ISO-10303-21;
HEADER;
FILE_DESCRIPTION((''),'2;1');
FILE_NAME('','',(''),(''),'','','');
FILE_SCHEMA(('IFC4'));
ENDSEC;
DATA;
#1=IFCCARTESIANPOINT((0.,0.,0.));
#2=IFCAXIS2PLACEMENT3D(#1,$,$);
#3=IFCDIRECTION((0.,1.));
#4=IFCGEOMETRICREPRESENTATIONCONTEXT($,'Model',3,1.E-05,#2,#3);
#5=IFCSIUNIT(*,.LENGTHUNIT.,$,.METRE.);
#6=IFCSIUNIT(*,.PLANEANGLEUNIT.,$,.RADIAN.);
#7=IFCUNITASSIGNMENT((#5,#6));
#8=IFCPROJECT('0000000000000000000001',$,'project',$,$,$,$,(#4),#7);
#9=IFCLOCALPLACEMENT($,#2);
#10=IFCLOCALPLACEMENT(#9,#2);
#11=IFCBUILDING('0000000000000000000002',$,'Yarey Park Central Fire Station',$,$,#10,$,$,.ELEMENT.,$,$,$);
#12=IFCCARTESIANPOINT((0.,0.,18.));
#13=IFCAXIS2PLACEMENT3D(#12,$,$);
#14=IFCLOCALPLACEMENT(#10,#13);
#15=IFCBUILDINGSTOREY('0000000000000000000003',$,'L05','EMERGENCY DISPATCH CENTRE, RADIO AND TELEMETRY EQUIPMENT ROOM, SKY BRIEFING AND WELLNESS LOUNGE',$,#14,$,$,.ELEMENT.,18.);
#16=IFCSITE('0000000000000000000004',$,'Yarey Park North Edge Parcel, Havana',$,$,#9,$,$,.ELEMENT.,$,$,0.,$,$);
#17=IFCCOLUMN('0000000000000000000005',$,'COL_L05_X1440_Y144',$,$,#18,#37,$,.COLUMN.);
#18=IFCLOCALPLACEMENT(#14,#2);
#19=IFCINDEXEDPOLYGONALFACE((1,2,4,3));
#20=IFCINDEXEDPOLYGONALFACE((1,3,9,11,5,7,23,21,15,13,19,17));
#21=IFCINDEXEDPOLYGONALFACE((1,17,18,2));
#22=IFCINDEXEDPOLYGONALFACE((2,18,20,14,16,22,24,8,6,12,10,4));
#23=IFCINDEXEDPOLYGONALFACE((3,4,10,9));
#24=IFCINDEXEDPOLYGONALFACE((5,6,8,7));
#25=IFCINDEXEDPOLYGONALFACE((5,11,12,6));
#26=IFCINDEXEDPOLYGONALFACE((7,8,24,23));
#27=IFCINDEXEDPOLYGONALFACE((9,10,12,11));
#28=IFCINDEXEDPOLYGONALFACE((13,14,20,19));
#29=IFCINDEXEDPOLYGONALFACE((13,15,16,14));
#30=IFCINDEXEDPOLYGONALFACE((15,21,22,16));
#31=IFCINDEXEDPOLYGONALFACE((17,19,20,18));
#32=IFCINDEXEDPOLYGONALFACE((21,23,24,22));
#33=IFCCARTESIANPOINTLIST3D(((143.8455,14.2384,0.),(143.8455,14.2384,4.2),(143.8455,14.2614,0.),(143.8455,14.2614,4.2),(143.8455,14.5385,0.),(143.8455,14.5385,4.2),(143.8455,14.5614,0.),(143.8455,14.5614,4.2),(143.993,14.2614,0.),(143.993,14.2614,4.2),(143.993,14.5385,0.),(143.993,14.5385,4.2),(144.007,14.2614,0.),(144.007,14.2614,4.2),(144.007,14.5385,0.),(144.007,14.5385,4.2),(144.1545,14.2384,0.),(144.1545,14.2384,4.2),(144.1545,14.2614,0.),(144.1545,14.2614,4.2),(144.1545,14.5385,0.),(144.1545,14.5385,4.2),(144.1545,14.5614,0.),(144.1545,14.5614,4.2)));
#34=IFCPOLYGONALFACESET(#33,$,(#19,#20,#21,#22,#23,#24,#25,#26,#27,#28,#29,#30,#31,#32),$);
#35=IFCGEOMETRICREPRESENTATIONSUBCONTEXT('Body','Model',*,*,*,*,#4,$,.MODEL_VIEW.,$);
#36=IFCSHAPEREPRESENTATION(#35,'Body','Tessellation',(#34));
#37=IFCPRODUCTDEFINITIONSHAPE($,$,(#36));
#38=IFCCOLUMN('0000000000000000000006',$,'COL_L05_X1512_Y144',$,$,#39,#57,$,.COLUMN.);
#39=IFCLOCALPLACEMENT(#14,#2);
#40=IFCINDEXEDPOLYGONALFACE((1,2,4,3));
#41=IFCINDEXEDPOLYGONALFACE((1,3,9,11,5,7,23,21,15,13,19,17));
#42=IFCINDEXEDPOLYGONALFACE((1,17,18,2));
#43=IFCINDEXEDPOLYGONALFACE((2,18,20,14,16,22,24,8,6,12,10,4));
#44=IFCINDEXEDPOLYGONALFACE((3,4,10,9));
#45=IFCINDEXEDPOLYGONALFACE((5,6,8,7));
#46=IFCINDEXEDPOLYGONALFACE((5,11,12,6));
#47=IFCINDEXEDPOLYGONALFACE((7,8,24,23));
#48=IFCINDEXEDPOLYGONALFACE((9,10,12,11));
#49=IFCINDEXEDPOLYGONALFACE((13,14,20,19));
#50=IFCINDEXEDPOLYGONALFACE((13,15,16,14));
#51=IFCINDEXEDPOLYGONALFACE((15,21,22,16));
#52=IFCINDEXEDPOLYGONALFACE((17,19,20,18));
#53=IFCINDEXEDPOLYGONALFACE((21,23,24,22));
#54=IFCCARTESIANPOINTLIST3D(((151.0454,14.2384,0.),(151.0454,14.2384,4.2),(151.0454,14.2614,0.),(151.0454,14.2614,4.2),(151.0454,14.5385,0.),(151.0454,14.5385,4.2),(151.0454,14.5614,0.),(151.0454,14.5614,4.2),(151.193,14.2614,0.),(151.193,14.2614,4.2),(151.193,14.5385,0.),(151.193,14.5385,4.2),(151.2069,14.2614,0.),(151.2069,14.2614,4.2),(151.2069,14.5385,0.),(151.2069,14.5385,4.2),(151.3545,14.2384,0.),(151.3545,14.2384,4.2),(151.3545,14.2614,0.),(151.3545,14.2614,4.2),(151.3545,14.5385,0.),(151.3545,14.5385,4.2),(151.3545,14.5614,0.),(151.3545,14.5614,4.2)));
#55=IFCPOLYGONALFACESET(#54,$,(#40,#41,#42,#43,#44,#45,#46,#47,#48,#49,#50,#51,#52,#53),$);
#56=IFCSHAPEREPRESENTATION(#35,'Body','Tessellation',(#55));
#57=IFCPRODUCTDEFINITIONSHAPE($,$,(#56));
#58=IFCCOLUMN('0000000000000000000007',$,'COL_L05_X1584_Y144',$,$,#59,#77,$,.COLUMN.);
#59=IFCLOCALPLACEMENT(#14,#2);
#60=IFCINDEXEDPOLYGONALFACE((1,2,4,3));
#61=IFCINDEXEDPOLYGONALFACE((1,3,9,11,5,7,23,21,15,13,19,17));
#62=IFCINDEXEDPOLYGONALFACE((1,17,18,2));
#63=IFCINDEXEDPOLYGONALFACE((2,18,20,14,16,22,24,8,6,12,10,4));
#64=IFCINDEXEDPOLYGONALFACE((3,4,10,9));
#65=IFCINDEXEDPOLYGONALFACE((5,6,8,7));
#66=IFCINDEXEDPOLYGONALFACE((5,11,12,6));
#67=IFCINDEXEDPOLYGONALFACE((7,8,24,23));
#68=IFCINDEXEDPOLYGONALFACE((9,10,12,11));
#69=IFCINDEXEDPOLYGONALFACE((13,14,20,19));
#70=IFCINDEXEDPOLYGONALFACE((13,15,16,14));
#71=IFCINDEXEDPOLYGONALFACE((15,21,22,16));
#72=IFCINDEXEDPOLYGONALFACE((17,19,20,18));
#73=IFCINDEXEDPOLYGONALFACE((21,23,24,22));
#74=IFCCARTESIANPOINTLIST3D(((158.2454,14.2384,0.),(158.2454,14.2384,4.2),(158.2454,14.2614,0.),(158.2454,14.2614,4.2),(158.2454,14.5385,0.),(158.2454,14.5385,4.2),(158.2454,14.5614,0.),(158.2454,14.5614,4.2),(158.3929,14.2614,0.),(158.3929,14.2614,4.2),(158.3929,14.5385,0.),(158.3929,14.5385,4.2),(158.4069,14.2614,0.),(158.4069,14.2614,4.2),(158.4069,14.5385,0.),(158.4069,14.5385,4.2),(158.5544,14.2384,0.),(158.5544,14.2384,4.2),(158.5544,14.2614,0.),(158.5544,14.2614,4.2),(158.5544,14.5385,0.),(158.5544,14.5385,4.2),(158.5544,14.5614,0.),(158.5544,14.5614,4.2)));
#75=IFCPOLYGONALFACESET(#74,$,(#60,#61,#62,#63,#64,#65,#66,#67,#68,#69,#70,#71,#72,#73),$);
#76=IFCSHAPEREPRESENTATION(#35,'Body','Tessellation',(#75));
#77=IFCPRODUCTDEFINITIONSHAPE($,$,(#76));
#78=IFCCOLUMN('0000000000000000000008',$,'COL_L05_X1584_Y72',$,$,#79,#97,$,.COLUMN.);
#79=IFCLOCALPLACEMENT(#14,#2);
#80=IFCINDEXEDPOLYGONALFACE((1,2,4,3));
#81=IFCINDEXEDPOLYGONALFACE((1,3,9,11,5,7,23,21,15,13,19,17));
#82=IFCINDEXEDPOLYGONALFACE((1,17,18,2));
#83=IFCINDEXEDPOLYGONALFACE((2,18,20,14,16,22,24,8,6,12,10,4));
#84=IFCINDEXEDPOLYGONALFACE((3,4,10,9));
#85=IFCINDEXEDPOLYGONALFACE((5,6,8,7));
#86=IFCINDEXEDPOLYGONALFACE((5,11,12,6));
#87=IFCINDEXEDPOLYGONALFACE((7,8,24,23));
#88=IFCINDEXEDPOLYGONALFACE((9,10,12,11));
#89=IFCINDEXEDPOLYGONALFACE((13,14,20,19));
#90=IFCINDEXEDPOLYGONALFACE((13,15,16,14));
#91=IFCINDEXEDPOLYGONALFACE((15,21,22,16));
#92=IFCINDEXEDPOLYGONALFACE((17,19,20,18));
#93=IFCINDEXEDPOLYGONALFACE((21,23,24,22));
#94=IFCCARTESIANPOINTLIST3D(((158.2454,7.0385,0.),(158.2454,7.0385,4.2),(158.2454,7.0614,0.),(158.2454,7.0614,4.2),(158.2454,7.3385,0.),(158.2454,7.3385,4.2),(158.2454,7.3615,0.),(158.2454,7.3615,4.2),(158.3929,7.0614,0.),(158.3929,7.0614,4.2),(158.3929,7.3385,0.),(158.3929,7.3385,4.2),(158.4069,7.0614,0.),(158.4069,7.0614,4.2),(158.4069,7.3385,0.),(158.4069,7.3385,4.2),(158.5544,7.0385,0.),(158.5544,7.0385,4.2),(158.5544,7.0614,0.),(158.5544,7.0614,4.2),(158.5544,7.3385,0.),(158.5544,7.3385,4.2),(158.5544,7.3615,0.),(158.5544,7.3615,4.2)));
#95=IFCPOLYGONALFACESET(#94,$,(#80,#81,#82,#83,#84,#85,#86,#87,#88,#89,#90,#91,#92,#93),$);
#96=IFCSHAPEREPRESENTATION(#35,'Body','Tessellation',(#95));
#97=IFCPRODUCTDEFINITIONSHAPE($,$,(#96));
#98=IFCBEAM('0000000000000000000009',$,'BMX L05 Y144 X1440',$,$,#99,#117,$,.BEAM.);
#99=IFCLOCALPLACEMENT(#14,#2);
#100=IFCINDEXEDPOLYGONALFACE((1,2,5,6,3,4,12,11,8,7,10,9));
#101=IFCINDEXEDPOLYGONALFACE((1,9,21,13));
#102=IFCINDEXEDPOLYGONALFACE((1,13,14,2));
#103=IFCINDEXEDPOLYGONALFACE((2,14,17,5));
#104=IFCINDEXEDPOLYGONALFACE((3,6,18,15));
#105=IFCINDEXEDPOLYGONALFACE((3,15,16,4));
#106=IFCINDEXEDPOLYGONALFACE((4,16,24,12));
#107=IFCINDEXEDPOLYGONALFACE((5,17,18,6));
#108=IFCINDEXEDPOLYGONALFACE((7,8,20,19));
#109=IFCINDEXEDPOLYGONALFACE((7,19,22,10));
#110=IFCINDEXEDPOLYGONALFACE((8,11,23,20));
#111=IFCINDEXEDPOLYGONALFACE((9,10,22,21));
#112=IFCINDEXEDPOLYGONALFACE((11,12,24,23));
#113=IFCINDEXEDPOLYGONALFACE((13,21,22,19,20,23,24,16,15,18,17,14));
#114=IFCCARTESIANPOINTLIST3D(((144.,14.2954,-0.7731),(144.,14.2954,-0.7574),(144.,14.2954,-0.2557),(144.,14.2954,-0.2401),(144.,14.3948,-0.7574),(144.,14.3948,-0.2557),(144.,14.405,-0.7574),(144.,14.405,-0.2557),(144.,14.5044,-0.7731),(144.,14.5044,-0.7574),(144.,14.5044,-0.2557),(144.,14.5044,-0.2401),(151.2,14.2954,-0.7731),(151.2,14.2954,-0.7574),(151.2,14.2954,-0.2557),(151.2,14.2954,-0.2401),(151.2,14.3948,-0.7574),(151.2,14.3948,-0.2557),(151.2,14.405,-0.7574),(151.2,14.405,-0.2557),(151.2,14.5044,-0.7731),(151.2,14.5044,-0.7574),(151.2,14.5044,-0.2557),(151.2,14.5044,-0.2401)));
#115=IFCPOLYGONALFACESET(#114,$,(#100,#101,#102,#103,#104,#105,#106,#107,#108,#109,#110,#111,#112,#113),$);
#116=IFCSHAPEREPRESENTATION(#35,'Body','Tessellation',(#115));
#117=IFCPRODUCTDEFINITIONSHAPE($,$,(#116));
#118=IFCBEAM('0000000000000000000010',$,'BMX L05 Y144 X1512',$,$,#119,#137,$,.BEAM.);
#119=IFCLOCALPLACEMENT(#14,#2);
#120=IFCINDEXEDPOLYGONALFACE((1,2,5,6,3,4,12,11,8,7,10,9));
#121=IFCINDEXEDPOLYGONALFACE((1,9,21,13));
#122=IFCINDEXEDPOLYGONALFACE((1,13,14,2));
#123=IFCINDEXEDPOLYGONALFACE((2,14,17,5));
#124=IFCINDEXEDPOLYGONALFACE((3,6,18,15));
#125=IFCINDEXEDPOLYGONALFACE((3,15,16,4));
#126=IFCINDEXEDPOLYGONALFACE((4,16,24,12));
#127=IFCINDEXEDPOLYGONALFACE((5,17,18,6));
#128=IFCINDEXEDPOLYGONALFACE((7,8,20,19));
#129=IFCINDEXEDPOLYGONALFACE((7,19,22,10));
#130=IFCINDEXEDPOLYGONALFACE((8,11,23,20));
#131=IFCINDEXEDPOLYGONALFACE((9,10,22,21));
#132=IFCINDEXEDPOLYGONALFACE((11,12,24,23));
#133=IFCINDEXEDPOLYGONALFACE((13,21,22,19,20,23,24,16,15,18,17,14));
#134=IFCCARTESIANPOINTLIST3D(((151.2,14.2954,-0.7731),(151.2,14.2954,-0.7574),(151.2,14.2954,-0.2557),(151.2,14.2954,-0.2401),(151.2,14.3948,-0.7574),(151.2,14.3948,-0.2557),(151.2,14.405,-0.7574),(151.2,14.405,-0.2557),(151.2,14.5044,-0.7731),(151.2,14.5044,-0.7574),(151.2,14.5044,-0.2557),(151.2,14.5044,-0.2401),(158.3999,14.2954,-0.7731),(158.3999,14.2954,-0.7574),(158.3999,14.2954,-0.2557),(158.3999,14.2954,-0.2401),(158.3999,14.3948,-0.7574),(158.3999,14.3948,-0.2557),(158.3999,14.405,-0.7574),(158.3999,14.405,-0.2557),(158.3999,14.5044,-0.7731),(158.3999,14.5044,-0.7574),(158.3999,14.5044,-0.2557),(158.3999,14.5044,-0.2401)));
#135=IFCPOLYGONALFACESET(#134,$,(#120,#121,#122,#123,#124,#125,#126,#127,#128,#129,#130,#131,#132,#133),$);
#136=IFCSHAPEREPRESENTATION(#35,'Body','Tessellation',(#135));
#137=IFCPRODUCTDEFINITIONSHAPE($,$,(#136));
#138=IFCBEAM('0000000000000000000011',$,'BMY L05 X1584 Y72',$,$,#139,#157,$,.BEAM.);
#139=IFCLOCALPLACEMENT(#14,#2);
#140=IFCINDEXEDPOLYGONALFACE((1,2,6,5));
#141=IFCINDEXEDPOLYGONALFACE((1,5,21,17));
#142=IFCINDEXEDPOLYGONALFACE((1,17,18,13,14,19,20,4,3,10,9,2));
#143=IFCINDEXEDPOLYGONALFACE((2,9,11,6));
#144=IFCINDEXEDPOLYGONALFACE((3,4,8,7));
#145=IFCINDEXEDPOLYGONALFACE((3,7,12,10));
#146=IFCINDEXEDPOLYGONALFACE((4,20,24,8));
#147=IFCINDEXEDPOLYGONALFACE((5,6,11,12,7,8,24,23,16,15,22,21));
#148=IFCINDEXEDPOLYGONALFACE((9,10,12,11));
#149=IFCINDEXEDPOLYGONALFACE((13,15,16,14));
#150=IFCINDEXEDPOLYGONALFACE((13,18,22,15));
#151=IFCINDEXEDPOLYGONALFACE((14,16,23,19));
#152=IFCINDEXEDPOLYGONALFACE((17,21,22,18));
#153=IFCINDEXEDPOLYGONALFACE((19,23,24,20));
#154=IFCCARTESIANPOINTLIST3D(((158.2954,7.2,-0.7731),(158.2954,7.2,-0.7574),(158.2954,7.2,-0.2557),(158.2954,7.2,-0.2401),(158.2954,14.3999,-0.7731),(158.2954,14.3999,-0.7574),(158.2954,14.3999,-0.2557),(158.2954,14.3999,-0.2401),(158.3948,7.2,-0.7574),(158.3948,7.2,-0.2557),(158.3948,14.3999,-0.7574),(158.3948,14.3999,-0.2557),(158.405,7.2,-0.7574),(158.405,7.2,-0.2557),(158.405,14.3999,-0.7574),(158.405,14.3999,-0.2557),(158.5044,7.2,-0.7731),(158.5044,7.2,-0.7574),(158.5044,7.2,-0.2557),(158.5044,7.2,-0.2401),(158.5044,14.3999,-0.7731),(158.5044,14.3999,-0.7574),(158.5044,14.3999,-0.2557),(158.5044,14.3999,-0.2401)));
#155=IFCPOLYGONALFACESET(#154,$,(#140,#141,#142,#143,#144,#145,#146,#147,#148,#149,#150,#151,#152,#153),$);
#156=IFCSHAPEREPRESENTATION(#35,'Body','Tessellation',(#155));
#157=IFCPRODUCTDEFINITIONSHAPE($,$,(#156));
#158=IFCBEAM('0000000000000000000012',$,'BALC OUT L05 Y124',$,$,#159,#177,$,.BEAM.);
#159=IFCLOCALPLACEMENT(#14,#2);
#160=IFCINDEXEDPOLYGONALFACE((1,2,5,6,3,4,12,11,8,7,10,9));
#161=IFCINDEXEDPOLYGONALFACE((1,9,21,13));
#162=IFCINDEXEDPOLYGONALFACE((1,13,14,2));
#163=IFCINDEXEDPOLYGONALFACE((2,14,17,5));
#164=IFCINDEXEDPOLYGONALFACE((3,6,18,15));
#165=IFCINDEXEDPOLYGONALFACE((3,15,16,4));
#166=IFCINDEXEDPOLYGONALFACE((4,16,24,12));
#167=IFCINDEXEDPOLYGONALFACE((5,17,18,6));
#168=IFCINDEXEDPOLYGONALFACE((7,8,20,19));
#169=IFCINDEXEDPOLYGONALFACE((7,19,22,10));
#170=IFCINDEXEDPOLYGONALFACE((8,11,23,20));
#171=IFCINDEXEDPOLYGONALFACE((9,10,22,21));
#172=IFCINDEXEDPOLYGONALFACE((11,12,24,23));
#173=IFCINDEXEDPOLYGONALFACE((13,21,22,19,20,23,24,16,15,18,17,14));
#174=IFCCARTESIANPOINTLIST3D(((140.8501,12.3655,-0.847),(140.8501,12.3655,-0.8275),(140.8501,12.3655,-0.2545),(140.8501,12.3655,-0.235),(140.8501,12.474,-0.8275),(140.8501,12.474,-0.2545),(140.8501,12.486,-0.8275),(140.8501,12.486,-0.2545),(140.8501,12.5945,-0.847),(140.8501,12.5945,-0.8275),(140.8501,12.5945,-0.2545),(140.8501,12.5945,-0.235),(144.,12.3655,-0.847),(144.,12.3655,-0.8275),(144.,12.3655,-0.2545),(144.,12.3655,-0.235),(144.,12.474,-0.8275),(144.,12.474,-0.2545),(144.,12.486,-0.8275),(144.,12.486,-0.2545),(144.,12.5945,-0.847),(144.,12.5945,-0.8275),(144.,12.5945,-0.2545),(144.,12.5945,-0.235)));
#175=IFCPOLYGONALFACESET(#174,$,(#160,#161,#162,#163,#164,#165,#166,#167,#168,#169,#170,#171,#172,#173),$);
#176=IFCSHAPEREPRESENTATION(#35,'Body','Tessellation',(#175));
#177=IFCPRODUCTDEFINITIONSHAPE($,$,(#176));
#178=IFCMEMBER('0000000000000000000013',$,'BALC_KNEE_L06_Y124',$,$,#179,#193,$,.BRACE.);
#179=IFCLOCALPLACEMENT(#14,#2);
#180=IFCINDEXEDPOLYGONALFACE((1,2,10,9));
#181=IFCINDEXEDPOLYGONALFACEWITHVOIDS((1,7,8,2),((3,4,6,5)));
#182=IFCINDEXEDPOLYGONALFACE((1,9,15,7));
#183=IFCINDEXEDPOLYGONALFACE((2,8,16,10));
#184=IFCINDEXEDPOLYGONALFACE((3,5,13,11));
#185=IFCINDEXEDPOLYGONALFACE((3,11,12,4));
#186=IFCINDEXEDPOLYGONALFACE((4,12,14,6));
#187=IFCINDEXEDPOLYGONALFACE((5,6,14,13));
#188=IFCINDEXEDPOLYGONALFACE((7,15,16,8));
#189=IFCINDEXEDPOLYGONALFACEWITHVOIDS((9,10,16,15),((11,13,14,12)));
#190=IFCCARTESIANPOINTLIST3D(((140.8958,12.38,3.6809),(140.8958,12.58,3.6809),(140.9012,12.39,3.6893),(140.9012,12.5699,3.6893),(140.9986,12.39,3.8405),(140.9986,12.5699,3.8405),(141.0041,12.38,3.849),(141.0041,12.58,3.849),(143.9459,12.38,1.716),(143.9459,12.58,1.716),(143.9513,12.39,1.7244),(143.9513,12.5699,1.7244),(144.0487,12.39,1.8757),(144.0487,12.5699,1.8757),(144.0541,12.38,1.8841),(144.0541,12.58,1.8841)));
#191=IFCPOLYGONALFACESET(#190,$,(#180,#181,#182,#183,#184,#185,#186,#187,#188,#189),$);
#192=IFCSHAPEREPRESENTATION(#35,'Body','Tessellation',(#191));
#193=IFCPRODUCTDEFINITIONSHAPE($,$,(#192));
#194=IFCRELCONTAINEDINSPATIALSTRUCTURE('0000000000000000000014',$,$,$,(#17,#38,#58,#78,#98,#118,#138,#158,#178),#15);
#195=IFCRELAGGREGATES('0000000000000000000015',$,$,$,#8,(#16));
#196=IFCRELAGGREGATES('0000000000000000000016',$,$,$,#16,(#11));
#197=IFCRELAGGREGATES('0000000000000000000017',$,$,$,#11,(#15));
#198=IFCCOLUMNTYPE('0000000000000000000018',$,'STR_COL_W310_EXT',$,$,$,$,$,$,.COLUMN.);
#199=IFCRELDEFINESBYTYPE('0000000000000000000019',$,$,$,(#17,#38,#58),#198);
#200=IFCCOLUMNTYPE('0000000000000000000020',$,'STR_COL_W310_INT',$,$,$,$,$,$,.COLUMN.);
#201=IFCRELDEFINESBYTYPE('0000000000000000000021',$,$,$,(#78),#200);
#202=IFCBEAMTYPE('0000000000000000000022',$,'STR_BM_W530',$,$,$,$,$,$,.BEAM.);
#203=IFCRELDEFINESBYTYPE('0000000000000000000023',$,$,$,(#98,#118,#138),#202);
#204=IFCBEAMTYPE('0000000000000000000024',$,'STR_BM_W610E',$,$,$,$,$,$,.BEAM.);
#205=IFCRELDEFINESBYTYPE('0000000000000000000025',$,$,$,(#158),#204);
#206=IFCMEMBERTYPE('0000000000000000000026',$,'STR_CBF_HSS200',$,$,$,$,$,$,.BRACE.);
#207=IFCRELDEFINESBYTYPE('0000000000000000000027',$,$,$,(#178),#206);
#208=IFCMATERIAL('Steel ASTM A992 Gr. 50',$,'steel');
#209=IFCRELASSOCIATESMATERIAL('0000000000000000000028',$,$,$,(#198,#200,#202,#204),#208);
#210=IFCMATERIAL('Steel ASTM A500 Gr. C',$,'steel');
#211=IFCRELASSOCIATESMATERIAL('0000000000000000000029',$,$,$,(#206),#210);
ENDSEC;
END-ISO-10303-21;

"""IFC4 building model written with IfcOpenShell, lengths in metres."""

from ifc_helpers import new_model, si_unit, direction, frame, origin, origin_2d, place, context, subcontext, project, spatial, hollow_rectangle, i_section, extrude, material, material_profile, profile_set, type_object, element, save


model = new_model("IFC4")

# Units and contexts
model_context = context("Model", 3, precision=1e-05, world=origin(), true_north=direction((0.0, 1.0)))
body_context = subcontext(model_context, "Body", "Model", "MODEL_VIEW")
ifc_project = project(units=[si_unit("LENGTHUNIT", "METRE"), si_unit("PLANEANGLEUNIT", "RADIAN")], contexts=[model_context])

# Site, building, storey
site_placement = place(None, origin())
site = spatial("IfcSite", under=ifc_project, at=site_placement, Name="Yarey Park North Edge Parcel, Havana", CompositionType="ELEMENT", RefElevation=0.0)
building_placement = place(site_placement, origin())
building = spatial("IfcBuilding", under=site, at=building_placement, Name="Yarey Park Central Fire Station", CompositionType="ELEMENT")
storey_placement = place(building_placement, frame((0.0, 0.0, 18.0)))
storey = spatial("IfcBuildingStorey", under=building, at=storey_placement, Name="L05", Description="EMERGENCY DISPATCH CENTRE, RADIO AND TELEMETRY EQUIPMENT ROOM, SKY BRIEFING AND WELLNESS LOUNGE", CompositionType="ELEMENT", Elevation=18.0)

# Columns
ifc_material_1 = material(Name="Steel ASTM A992 Gr. 50", Category="steel")
ifc_material_profile_1 = material_profile(ifc_material_1, i_section(OverallWidth=0.3091, OverallDepth=0.323, WebThickness=0.0139, FlangeThickness=0.0229, at=origin_2d()), Name="W310x143")
ifc_profile_set_1 = profile_set([ifc_material_profile_1], Name="Steel ASTM A992 Gr. 50")
column_type_1 = type_object("IfcColumnType", Name="STR_COL_W310_EXT", PredefinedType="COLUMN", material=ifc_profile_set_1)
for number, where, z_axis, x_axis, name in (
    (1, (144.0, 14.3999, 0.0), (0.0, 0.0, 1.0), (1.0, 0.0, 0.0), "COL_L05_X1440_Y144"),
    (2, (151.2, 14.3999, 0.0), (0.0, 0.0, 1.0), (1.0, 0.0, 0.0), "COL_L05_X1512_Y144"),
    (3, (158.3999, 14.3999, 0.0), (0.0, 0.0, 1.0), (1.0, 0.0, 0.0), "COL_L05_X1584_Y144"),
):
    element("IfcColumn", number, at=place(storey_placement, frame(where, z_axis=z_axis, x_axis=x_axis)), inside=storey, type_object=column_type_1, Name=name, PredefinedType="COLUMN", context=body_context, shape_type="SweptSolid", body=[
        extrude(i_section(OverallWidth=0.3091, OverallDepth=0.323, WebThickness=0.0139, FlangeThickness=0.0229, at=origin_2d()), origin(), (0.0, 0.0, 1.0), 4.2),
    ])
ifc_material_profile_2 = material_profile(ifc_material_1, i_section(OverallWidth=0.3091, OverallDepth=0.323, WebThickness=0.0139, FlangeThickness=0.0229, at=origin_2d()), Name="W310x143")
ifc_profile_set_2 = profile_set([ifc_material_profile_2], Name="Steel ASTM A992 Gr. 50")
column_type_2 = type_object("IfcColumnType", Name="STR_COL_W310_INT", PredefinedType="COLUMN", material=ifc_profile_set_2)
column_placement = place(storey_placement, frame((158.3999, 7.2, 0.0), z_axis=(0.0, 0.0, 1.0), x_axis=(1.0, 0.0, 0.0)))
element("IfcColumn", 4, at=column_placement, inside=storey, type_object=column_type_2, Name="COL_L05_X1584_Y72", PredefinedType="COLUMN", context=body_context, shape_type="SweptSolid", body=[
    extrude(i_section(OverallWidth=0.3091, OverallDepth=0.323, WebThickness=0.0139, FlangeThickness=0.0229, at=origin_2d()), origin(), (0.0, 0.0, 1.0), 4.2),
])

# Beams
ifc_material_profile_3 = material_profile(ifc_material_1, i_section(OverallWidth=0.209, OverallDepth=0.533, WebThickness=0.0103, FlangeThickness=0.0156, at=origin_2d()), Name="W530x92")
ifc_profile_set_3 = profile_set([ifc_material_profile_3], Name="Steel ASTM A992 Gr. 50")
beam_type_1 = type_object("IfcBeamType", Name="STR_BM_W530", PredefinedType="BEAM", material=ifc_profile_set_3)
for number, where, z_axis, x_axis, name in (
    (5, (144.0, 14.3999, -0.5066), (1.0, 0.0, 0.0), (0.0, 1.0, 0.0), "BMX L05 Y144 X1440"),
    (6, (151.2, 14.3999, -0.5066), (1.0, 0.0, 0.0), (0.0, 1.0, 0.0), "BMX L05 Y144 X1512"),
    (7, (158.3999, 7.2, -0.5066), (0.0, 1.0, 0.0), (-1.0, 0.0, 0.0), "BMY L05 X1584 Y72"),
):
    element("IfcBeam", number, at=place(storey_placement, frame(where, z_axis=z_axis, x_axis=x_axis)), inside=storey, type_object=beam_type_1, Name=name, PredefinedType="BEAM", context=body_context, shape_type="SweptSolid", body=[
        extrude(i_section(OverallWidth=0.209, OverallDepth=0.533, WebThickness=0.0103, FlangeThickness=0.0156, at=origin_2d()), origin(), (0.0, 0.0, 1.0), 7.2),
    ])
ifc_material_profile_4 = material_profile(ifc_material_1, i_section(OverallWidth=0.229, OverallDepth=0.6121, WebThickness=0.012, FlangeThickness=0.0195, at=origin_2d()), Name="W610x125")
ifc_profile_set_4 = profile_set([ifc_material_profile_4], Name="Steel ASTM A992 Gr. 50")
beam_type_2 = type_object("IfcBeamType", Name="STR_BM_W610E", PredefinedType="BEAM", material=ifc_profile_set_4)
beam_1_placement = place(storey_placement, frame((140.8501, 12.48, -0.541), z_axis=(1.0, 0.0, 0.0), x_axis=(0.0, 1.0, 0.0)))
element("IfcBeam", 8, at=beam_1_placement, inside=storey, type_object=beam_type_2, Name="BALC OUT L05 Y124", PredefinedType="BEAM", context=body_context, shape_type="SweptSolid", body=[
    extrude(i_section(OverallWidth=0.229, OverallDepth=0.6121, WebThickness=0.012, FlangeThickness=0.0195, at=origin_2d()), origin(), (0.0, 0.0, 1.0), 3.1499),
])

# Member
ifc_material_2 = material(Name="Steel ASTM A500 Gr. C", Category="steel")
ifc_material_profile_5 = material_profile(ifc_material_2, hollow_rectangle(XDim=0.2, YDim=0.2, WallThickness=0.01, at=origin_2d()), Name="HSS 200x200x10")
ifc_profile_set_5 = profile_set([ifc_material_profile_5], Name="Steel ASTM A500 Gr. C")
member_type = type_object("IfcMemberType", Name="STR_CBF_HSS200", PredefinedType="BRACE", material=ifc_profile_set_5)
member_placement = place(storey_placement, frame((144.0, 12.48, 1.8), z_axis=(-0.840664, 0.0, 0.541557), x_axis=(0.0, -1.0, 0.0)))
element("IfcMember", 9, at=member_placement, inside=storey, type_object=member_type, Name="BALC_KNEE_L06_Y124", PredefinedType="BRACE", context=body_context, shape_type="SweptSolid", body=[
    extrude(hollow_rectangle(XDim=0.2, YDim=0.2, WallThickness=0.01, at=origin_2d()), origin(), (0.0, 0.0, 1.0), 3.6282),
])

save(model, "model.ifc")
